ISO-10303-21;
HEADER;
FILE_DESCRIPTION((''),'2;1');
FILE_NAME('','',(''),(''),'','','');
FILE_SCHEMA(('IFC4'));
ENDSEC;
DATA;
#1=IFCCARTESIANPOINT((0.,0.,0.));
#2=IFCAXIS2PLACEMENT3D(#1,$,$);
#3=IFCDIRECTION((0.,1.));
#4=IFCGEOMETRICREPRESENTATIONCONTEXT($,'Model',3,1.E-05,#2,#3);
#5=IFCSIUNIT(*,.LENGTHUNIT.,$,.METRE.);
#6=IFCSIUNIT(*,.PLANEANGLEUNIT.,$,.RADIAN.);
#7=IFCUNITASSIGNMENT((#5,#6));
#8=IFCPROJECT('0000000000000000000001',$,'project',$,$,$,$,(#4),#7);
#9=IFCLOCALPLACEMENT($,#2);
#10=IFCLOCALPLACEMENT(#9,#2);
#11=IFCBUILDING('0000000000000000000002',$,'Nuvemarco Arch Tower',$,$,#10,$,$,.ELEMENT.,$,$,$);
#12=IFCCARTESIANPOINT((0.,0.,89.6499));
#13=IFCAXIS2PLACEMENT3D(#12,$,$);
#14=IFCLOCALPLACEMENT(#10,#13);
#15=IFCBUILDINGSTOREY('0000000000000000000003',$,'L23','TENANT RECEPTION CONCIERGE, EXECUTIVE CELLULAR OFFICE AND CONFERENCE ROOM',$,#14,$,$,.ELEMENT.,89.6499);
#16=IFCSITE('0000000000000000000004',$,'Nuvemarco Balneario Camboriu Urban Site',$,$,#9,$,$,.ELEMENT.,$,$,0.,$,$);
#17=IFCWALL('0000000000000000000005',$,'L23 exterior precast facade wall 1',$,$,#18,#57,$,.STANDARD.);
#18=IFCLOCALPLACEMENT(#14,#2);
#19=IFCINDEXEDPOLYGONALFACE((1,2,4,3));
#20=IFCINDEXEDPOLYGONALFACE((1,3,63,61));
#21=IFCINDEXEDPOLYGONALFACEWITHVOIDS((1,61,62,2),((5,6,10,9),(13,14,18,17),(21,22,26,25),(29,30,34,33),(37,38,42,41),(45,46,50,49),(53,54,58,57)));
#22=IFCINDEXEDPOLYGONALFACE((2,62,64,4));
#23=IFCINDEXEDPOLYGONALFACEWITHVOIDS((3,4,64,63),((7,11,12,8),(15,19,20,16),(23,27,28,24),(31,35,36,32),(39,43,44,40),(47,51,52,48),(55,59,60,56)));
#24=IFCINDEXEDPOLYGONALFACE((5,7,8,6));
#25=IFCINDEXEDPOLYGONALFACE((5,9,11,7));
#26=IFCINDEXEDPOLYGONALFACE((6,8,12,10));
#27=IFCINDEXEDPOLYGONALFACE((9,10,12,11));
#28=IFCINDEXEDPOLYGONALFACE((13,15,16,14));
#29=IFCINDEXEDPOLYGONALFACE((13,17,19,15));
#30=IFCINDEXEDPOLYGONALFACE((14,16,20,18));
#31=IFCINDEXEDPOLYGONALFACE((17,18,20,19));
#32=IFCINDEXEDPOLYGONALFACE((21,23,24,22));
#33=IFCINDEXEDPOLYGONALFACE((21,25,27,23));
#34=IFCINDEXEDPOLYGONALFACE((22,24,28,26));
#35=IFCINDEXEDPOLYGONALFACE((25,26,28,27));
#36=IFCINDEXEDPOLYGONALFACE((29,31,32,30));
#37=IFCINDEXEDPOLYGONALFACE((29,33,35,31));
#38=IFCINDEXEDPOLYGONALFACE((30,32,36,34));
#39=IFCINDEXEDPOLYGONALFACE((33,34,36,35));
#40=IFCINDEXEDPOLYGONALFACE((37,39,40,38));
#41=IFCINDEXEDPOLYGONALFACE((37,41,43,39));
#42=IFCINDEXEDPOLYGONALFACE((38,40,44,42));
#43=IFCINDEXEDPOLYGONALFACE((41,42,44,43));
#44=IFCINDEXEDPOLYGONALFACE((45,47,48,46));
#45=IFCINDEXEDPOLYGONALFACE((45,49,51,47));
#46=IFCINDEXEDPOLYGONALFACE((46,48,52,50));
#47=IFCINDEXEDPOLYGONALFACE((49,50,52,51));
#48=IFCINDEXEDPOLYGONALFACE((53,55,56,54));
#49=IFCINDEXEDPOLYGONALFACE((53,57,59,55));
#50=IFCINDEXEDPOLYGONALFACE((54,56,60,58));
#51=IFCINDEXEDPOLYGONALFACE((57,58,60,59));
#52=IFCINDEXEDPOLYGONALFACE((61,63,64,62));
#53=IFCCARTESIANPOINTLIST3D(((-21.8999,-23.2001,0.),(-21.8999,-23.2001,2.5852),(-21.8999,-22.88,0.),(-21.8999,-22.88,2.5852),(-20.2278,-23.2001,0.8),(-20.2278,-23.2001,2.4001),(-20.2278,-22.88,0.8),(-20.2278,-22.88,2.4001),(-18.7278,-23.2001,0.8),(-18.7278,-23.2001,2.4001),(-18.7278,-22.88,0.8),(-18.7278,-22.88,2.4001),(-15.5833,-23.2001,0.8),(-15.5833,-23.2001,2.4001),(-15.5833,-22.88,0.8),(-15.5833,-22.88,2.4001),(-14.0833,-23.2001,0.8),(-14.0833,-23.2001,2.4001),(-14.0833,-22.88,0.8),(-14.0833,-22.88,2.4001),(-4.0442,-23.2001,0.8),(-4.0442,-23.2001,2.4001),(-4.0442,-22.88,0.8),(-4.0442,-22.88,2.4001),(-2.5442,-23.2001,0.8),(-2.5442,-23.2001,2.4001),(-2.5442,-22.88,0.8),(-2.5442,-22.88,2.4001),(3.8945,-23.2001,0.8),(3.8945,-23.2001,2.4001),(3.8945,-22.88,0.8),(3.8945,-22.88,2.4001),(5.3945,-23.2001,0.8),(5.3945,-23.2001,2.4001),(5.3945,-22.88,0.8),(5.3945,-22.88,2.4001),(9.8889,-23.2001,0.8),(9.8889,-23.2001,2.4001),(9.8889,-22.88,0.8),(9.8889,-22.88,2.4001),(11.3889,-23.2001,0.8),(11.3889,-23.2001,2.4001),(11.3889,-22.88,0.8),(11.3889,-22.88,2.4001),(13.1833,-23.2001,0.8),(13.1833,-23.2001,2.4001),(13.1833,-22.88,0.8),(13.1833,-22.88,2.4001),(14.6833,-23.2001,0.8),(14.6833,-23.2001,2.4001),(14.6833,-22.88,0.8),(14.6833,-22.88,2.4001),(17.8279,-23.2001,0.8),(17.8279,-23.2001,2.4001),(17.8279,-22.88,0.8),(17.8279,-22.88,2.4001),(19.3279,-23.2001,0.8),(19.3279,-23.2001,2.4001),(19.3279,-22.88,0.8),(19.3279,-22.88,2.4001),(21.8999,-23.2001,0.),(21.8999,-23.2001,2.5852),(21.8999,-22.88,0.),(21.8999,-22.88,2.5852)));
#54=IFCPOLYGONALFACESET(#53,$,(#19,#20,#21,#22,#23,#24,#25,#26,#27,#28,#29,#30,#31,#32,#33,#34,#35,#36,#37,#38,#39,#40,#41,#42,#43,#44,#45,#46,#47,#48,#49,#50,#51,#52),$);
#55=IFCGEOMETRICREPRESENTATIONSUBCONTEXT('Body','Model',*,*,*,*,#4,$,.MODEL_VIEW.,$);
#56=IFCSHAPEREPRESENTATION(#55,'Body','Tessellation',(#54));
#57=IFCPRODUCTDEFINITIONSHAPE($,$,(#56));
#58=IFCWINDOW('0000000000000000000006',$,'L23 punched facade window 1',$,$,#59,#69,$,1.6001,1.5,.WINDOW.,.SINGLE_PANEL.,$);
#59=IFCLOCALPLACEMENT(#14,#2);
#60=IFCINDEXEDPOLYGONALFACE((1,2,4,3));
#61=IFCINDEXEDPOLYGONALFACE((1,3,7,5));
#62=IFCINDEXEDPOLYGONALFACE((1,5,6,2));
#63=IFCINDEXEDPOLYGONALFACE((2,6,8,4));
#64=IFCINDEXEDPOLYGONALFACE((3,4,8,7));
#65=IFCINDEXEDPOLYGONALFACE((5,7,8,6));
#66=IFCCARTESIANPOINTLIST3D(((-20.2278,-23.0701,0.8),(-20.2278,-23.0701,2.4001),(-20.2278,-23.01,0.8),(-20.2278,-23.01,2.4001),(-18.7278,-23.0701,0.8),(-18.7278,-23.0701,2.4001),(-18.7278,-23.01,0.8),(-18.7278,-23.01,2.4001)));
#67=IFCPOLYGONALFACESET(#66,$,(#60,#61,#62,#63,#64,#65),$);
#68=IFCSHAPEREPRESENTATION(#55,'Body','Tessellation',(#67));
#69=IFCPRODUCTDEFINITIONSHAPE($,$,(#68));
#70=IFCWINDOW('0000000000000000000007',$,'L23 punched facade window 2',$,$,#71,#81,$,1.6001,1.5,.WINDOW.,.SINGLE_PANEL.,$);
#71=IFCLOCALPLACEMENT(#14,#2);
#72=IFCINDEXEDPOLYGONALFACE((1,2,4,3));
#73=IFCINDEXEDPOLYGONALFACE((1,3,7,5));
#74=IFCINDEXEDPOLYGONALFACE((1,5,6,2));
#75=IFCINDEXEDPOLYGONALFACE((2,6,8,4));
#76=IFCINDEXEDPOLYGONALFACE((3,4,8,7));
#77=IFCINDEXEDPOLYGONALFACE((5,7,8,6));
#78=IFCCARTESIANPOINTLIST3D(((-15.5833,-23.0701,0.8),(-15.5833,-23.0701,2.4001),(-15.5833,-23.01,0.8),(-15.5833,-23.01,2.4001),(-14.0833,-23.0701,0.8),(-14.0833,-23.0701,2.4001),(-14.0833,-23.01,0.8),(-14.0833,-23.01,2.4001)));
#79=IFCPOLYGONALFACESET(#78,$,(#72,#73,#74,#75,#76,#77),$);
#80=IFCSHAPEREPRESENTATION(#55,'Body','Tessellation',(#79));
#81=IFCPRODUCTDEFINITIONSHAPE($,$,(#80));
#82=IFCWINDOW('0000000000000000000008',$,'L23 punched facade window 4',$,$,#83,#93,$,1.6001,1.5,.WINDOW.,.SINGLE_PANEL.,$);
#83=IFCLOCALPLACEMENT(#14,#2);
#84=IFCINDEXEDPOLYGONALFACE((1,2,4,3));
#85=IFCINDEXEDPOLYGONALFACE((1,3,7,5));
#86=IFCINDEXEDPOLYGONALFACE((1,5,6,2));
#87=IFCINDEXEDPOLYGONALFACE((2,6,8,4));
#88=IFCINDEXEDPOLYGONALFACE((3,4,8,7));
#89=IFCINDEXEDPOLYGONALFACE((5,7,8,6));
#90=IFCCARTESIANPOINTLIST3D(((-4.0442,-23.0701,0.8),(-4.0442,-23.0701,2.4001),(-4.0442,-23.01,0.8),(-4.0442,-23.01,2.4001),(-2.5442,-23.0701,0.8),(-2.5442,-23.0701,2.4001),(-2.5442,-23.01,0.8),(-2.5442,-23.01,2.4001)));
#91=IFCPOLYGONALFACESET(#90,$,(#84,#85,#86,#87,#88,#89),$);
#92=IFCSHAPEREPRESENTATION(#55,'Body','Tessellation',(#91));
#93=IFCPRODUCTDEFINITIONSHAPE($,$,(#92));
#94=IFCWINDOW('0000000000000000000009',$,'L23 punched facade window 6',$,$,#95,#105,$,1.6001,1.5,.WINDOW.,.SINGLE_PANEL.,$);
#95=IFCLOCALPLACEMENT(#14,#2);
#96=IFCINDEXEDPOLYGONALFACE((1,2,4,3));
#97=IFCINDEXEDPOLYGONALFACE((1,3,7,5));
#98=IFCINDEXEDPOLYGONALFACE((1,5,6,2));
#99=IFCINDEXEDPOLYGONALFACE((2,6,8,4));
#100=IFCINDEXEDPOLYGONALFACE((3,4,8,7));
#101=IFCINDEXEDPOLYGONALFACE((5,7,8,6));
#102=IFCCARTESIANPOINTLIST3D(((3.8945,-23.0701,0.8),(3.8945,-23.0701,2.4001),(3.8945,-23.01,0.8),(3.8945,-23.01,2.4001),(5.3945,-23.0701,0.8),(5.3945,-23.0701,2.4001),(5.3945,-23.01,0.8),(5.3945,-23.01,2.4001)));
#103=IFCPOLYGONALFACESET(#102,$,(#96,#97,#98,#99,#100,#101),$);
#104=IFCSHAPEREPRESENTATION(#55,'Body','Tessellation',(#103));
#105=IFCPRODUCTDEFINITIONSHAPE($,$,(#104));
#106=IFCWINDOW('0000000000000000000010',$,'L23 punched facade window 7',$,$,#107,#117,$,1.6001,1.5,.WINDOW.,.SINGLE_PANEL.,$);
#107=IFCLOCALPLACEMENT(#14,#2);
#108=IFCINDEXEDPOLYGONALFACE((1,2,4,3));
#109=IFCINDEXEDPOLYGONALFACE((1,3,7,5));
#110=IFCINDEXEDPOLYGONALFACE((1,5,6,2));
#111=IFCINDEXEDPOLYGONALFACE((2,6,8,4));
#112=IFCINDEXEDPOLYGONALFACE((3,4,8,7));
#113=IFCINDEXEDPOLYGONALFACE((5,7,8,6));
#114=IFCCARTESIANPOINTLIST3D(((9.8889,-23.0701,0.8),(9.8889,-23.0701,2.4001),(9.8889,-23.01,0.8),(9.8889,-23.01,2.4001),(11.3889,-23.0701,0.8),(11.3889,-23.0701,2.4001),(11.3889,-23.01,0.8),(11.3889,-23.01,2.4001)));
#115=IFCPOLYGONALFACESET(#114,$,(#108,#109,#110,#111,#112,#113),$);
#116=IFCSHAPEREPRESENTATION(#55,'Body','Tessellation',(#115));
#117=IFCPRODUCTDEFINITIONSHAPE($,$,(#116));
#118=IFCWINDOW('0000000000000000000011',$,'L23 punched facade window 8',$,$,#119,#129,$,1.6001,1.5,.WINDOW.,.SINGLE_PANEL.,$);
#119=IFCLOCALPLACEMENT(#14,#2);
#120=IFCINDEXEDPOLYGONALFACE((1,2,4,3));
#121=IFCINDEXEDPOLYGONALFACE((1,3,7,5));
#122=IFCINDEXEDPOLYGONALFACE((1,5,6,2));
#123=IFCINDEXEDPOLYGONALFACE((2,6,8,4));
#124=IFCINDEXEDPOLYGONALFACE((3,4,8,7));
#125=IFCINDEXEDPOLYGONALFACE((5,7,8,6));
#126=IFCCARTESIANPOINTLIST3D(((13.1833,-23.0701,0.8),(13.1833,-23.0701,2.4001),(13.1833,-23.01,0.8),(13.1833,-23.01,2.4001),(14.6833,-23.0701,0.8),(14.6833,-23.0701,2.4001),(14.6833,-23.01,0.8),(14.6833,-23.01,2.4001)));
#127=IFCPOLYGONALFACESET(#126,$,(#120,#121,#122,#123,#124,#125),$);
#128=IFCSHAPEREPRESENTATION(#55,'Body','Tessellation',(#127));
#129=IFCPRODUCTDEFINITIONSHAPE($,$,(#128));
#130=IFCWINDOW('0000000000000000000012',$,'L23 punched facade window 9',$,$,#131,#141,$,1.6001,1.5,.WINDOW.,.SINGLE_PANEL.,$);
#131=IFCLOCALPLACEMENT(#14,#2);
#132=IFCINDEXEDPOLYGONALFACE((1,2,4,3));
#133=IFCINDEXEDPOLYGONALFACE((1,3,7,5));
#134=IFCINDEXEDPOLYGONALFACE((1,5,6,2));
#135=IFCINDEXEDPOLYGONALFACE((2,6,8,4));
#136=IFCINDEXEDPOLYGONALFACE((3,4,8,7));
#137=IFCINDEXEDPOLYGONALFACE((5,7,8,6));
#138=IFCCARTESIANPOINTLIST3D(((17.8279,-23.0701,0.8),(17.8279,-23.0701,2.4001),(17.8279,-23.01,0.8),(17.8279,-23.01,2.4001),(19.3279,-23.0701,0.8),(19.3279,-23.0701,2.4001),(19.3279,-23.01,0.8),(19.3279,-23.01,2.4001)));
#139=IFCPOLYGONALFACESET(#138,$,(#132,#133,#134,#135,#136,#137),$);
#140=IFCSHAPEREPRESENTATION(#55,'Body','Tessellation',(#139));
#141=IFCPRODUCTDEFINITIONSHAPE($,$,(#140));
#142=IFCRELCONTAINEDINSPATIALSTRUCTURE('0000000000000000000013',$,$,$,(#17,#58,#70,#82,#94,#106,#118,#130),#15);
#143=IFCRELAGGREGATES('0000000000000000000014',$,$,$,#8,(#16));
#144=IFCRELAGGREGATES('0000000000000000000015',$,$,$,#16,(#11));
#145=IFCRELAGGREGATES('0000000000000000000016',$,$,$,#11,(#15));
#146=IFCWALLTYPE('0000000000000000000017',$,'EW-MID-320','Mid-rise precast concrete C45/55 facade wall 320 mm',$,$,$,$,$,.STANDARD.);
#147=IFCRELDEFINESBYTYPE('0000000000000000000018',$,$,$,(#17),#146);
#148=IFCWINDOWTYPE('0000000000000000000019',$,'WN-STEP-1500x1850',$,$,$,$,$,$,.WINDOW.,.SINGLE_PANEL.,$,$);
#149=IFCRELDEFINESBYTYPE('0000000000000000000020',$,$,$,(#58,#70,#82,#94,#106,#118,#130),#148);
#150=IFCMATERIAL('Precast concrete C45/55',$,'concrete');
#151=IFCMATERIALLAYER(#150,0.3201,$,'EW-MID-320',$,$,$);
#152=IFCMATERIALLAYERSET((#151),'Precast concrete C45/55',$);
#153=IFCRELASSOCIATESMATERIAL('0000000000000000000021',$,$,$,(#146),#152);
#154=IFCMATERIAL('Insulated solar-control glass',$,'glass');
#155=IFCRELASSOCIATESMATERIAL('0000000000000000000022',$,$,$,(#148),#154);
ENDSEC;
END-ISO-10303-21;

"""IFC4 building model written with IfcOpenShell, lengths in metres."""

from ifc_helpers import new_model, si_unit, direction, frame, frame_2d, origin, place, context, subcontext, project, spatial, rectangle, extrude, source, transform, mapped, material, layer, layer_set, type_object, type_shapes, element, fill, save


model = new_model("IFC4")

# Units and contexts
model_context = context("Model", 3, precision=1e-05, world=origin(), true_north=direction((0.0, 1.0)))
body_context = subcontext(model_context, "Body", "Model", "MODEL_VIEW")
ifc_project = project(units=[si_unit("LENGTHUNIT", "METRE"), si_unit("PLANEANGLEUNIT", "RADIAN")], contexts=[model_context])

# Site, building, storey
site_placement = place(None, origin())
site = spatial("IfcSite", under=ifc_project, at=site_placement, Name="Nuvemarco Balneario Camboriu Urban Site", CompositionType="ELEMENT", RefElevation=0.0)
building_placement = place(site_placement, origin())
building = spatial("IfcBuilding", under=site, at=building_placement, Name="Nuvemarco Arch Tower", CompositionType="ELEMENT")
storey_placement = place(building_placement, frame((0.0, 0.0, 89.6499)))
storey = spatial("IfcBuildingStorey", under=building, at=storey_placement, Name="L23", Description="TENANT RECEPTION CONCIERGE, EXECUTIVE CELLULAR OFFICE AND CONFERENCE ROOM", CompositionType="ELEMENT", Elevation=89.6499)

# Wall, openings, windows
ifc_material_1 = material(Name="Precast concrete C45/55", Category="concrete")
ifc_layer_1 = layer(ifc_material_1, 0.3201, Name="EW-MID-320")
ifc_layer_set_1 = layer_set([ifc_layer_1], Name="Precast concrete C45/55")
wall_type_1 = type_object("IfcWallType", Name="EW-MID-320", Description="Mid-rise precast concrete C45/55 facade wall 320 mm", PredefinedType="STANDARD", material=ifc_layer_set_1)
wall_1_placement = place(storey_placement, frame((-21.8999, -23.04, 0.0), z_axis=(0.0, 0.0, 1.0), x_axis=(1.0, 0.0, 0.0)))
wall_1 = element("IfcWall", 1, at=wall_1_placement, inside=storey, type_object=wall_type_1, Name="L23 exterior precast facade wall 1", PredefinedType="STANDARD", context=body_context, shape_type="SweptSolid", body=[
    extrude(rectangle(XDim=43.7998, YDim=0.3201, at=frame_2d((21.8999, 0.0))), origin(), (0.0, 0.0, 1.0), 2.5852),
])
opening_1_placement = place(wall_1_placement, frame((1.6721, 0.0, 0.8)))
opening_1 = element("IfcOpeningElement", 2, at=opening_1_placement, cuts=wall_1, PredefinedType="OPENING", context=body_context, shape_type="SweptSolid", body=[
    extrude(rectangle(XDim=1.5, YDim=1.6001, at=frame_2d((0.75, 0.8))), frame((0.0, 0.1699, 0.0), z_axis=(0.0, -1.0, 0.0), x_axis=(1.0, 0.0, 0.0)), (0.0, 0.0, 1.0), 0.3401),
])
opening_2_placement = place(wall_1_placement, frame((6.3167, 0.0, 0.8)))
opening_2 = element("IfcOpeningElement", 3, at=opening_2_placement, cuts=wall_1, PredefinedType="OPENING", context=body_context, shape_type="SweptSolid", body=[
    extrude(rectangle(XDim=1.5, YDim=1.6001, at=frame_2d((0.75, 0.8))), frame((0.0, 0.1699, 0.0), z_axis=(0.0, -1.0, 0.0), x_axis=(1.0, 0.0, 0.0)), (0.0, 0.0, 1.0), 0.3401),
])
opening_3_placement = place(wall_1_placement, frame((17.8557, 0.0, 0.8)))
opening_3 = element("IfcOpeningElement", 4, at=opening_3_placement, cuts=wall_1, PredefinedType="OPENING", context=body_context, shape_type="SweptSolid", body=[
    extrude(rectangle(XDim=1.5, YDim=1.6001, at=frame_2d((0.75, 0.8))), frame((0.0, 0.1699, 0.0), z_axis=(0.0, -1.0, 0.0), x_axis=(1.0, 0.0, 0.0)), (0.0, 0.0, 1.0), 0.3401),
])
opening_4_placement = place(wall_1_placement, frame((25.7944, 0.0, 0.8)))
opening_4 = element("IfcOpeningElement", 5, at=opening_4_placement, cuts=wall_1, PredefinedType="OPENING", context=body_context, shape_type="SweptSolid", body=[
    extrude(rectangle(XDim=1.5, YDim=1.6001, at=frame_2d((0.75, 0.8))), frame((0.0, 0.1699, 0.0), z_axis=(0.0, -1.0, 0.0), x_axis=(1.0, 0.0, 0.0)), (0.0, 0.0, 1.0), 0.3401),
])
opening_5_placement = place(wall_1_placement, frame((31.7888, 0.0, 0.8)))
opening_5 = element("IfcOpeningElement", 6, at=opening_5_placement, cuts=wall_1, PredefinedType="OPENING", context=body_context, shape_type="SweptSolid", body=[
    extrude(rectangle(XDim=1.5, YDim=1.6001, at=frame_2d((0.75, 0.8))), frame((0.0, 0.1699, 0.0), z_axis=(0.0, -1.0, 0.0), x_axis=(1.0, 0.0, 0.0)), (0.0, 0.0, 1.0), 0.3401),
])
opening_6_placement = place(wall_1_placement, frame((35.0833, 0.0, 0.8)))
opening_6 = element("IfcOpeningElement", 7, at=opening_6_placement, cuts=wall_1, PredefinedType="OPENING", context=body_context, shape_type="SweptSolid", body=[
    extrude(rectangle(XDim=1.5, YDim=1.6001, at=frame_2d((0.75, 0.8))), frame((0.0, 0.1699, 0.0), z_axis=(0.0, -1.0, 0.0), x_axis=(1.0, 0.0, 0.0)), (0.0, 0.0, 1.0), 0.3401),
])
opening_7_placement = place(wall_1_placement, frame((39.7278, 0.0, 0.8)))
opening_7 = element("IfcOpeningElement", 8, at=opening_7_placement, cuts=wall_1, PredefinedType="OPENING", context=body_context, shape_type="SweptSolid", body=[
    extrude(rectangle(XDim=1.5, YDim=1.6001, at=frame_2d((0.75, 0.8))), frame((0.0, 0.1699, 0.0), z_axis=(0.0, -1.0, 0.0), x_axis=(1.0, 0.0, 0.0)), (0.0, 0.0, 1.0), 0.3401),
])
ifc_material_2 = material(Name="Insulated solar-control glass", Category="glass")
window_type_1 = type_object("IfcWindowType", Name="WN-STEP-1500x1850", PartitioningType="SINGLE_PANEL", PredefinedType="WINDOW", material=ifc_material_2)
shared_shape_1 = source(origin(), body_context, "Body", "SweptSolid", [
    extrude(rectangle(XDim=1.5, YDim=1.6001, at=frame_2d((0.75, 0.8))), frame((0.0, 0.03, 0.0), z_axis=(0.0, -1.0, 0.0), x_axis=(1.0, 0.0, 0.0)), (0.0, 0.0, 1.0), 0.0601),
])
type_shapes(window_type_1, [shared_shape_1])
window_1_placement = place(opening_1_placement, origin())
window_1 = element("IfcWindow", 9, at=window_1_placement, inside=storey, type_object=window_type_1, Name="L23 punched facade window 1", OverallHeight=1.6001, OverallWidth=1.5, PartitioningType="SINGLE_PANEL", PredefinedType="WINDOW", context=body_context, shape_type="MappedRepresentation", body=[
    mapped(shared_shape_1, transform((0.0, 0.0, 0.0), scale=1.0)),
])
fill(opening_1, window_1)
window_2_placement = place(opening_2_placement, origin())
window_2 = element("IfcWindow", 10, at=window_2_placement, inside=storey, type_object=window_type_1, Name="L23 punched facade window 2", OverallHeight=1.6001, OverallWidth=1.5, PartitioningType="SINGLE_PANEL", PredefinedType="WINDOW", context=body_context, shape_type="MappedRepresentation", body=[
    mapped(shared_shape_1, transform((0.0, 0.0, 0.0), scale=1.0)),
])
fill(opening_2, window_2)
window_3_placement = place(opening_3_placement, origin())
window_3 = element("IfcWindow", 11, at=window_3_placement, inside=storey, type_object=window_type_1, Name="L23 punched facade window 4", OverallHeight=1.6001, OverallWidth=1.5, PartitioningType="SINGLE_PANEL", PredefinedType="WINDOW", context=body_context, shape_type="MappedRepresentation", body=[
    mapped(shared_shape_1, transform((0.0, 0.0, 0.0), scale=1.0)),
])
fill(opening_3, window_3)
window_4_placement = place(opening_4_placement, origin())
window_4 = element("IfcWindow", 12, at=window_4_placement, inside=storey, type_object=window_type_1, Name="L23 punched facade window 6", OverallHeight=1.6001, OverallWidth=1.5, PartitioningType="SINGLE_PANEL", PredefinedType="WINDOW", context=body_context, shape_type="MappedRepresentation", body=[
    mapped(shared_shape_1, transform((0.0, 0.0, 0.0), scale=1.0)),
])
fill(opening_4, window_4)
window_5_placement = place(opening_5_placement, origin())
window_5 = element("IfcWindow", 13, at=window_5_placement, inside=storey, type_object=window_type_1, Name="L23 punched facade window 7", OverallHeight=1.6001, OverallWidth=1.5, PartitioningType="SINGLE_PANEL", PredefinedType="WINDOW", context=body_context, shape_type="MappedRepresentation", body=[
    mapped(shared_shape_1, transform((0.0, 0.0, 0.0), scale=1.0)),
])
fill(opening_5, window_5)
window_6_placement = place(opening_6_placement, origin())
window_6 = element("IfcWindow", 14, at=window_6_placement, inside=storey, type_object=window_type_1, Name="L23 punched facade window 8", OverallHeight=1.6001, OverallWidth=1.5, PartitioningType="SINGLE_PANEL", PredefinedType="WINDOW", context=body_context, shape_type="MappedRepresentation", body=[
    mapped(shared_shape_1, transform((0.0, 0.0, 0.0), scale=1.0)),
])
fill(opening_6, window_6)
window_7_placement = place(opening_7_placement, origin())
window_7 = element("IfcWindow", 15, at=window_7_placement, inside=storey, type_object=window_type_1, Name="L23 punched facade window 9", OverallHeight=1.6001, OverallWidth=1.5, PartitioningType="SINGLE_PANEL", PredefinedType="WINDOW", context=body_context, shape_type="MappedRepresentation", body=[
    mapped(shared_shape_1, transform((0.0, 0.0, 0.0), scale=1.0)),
])
fill(opening_7, window_7)

save(model, "model.ifc")
